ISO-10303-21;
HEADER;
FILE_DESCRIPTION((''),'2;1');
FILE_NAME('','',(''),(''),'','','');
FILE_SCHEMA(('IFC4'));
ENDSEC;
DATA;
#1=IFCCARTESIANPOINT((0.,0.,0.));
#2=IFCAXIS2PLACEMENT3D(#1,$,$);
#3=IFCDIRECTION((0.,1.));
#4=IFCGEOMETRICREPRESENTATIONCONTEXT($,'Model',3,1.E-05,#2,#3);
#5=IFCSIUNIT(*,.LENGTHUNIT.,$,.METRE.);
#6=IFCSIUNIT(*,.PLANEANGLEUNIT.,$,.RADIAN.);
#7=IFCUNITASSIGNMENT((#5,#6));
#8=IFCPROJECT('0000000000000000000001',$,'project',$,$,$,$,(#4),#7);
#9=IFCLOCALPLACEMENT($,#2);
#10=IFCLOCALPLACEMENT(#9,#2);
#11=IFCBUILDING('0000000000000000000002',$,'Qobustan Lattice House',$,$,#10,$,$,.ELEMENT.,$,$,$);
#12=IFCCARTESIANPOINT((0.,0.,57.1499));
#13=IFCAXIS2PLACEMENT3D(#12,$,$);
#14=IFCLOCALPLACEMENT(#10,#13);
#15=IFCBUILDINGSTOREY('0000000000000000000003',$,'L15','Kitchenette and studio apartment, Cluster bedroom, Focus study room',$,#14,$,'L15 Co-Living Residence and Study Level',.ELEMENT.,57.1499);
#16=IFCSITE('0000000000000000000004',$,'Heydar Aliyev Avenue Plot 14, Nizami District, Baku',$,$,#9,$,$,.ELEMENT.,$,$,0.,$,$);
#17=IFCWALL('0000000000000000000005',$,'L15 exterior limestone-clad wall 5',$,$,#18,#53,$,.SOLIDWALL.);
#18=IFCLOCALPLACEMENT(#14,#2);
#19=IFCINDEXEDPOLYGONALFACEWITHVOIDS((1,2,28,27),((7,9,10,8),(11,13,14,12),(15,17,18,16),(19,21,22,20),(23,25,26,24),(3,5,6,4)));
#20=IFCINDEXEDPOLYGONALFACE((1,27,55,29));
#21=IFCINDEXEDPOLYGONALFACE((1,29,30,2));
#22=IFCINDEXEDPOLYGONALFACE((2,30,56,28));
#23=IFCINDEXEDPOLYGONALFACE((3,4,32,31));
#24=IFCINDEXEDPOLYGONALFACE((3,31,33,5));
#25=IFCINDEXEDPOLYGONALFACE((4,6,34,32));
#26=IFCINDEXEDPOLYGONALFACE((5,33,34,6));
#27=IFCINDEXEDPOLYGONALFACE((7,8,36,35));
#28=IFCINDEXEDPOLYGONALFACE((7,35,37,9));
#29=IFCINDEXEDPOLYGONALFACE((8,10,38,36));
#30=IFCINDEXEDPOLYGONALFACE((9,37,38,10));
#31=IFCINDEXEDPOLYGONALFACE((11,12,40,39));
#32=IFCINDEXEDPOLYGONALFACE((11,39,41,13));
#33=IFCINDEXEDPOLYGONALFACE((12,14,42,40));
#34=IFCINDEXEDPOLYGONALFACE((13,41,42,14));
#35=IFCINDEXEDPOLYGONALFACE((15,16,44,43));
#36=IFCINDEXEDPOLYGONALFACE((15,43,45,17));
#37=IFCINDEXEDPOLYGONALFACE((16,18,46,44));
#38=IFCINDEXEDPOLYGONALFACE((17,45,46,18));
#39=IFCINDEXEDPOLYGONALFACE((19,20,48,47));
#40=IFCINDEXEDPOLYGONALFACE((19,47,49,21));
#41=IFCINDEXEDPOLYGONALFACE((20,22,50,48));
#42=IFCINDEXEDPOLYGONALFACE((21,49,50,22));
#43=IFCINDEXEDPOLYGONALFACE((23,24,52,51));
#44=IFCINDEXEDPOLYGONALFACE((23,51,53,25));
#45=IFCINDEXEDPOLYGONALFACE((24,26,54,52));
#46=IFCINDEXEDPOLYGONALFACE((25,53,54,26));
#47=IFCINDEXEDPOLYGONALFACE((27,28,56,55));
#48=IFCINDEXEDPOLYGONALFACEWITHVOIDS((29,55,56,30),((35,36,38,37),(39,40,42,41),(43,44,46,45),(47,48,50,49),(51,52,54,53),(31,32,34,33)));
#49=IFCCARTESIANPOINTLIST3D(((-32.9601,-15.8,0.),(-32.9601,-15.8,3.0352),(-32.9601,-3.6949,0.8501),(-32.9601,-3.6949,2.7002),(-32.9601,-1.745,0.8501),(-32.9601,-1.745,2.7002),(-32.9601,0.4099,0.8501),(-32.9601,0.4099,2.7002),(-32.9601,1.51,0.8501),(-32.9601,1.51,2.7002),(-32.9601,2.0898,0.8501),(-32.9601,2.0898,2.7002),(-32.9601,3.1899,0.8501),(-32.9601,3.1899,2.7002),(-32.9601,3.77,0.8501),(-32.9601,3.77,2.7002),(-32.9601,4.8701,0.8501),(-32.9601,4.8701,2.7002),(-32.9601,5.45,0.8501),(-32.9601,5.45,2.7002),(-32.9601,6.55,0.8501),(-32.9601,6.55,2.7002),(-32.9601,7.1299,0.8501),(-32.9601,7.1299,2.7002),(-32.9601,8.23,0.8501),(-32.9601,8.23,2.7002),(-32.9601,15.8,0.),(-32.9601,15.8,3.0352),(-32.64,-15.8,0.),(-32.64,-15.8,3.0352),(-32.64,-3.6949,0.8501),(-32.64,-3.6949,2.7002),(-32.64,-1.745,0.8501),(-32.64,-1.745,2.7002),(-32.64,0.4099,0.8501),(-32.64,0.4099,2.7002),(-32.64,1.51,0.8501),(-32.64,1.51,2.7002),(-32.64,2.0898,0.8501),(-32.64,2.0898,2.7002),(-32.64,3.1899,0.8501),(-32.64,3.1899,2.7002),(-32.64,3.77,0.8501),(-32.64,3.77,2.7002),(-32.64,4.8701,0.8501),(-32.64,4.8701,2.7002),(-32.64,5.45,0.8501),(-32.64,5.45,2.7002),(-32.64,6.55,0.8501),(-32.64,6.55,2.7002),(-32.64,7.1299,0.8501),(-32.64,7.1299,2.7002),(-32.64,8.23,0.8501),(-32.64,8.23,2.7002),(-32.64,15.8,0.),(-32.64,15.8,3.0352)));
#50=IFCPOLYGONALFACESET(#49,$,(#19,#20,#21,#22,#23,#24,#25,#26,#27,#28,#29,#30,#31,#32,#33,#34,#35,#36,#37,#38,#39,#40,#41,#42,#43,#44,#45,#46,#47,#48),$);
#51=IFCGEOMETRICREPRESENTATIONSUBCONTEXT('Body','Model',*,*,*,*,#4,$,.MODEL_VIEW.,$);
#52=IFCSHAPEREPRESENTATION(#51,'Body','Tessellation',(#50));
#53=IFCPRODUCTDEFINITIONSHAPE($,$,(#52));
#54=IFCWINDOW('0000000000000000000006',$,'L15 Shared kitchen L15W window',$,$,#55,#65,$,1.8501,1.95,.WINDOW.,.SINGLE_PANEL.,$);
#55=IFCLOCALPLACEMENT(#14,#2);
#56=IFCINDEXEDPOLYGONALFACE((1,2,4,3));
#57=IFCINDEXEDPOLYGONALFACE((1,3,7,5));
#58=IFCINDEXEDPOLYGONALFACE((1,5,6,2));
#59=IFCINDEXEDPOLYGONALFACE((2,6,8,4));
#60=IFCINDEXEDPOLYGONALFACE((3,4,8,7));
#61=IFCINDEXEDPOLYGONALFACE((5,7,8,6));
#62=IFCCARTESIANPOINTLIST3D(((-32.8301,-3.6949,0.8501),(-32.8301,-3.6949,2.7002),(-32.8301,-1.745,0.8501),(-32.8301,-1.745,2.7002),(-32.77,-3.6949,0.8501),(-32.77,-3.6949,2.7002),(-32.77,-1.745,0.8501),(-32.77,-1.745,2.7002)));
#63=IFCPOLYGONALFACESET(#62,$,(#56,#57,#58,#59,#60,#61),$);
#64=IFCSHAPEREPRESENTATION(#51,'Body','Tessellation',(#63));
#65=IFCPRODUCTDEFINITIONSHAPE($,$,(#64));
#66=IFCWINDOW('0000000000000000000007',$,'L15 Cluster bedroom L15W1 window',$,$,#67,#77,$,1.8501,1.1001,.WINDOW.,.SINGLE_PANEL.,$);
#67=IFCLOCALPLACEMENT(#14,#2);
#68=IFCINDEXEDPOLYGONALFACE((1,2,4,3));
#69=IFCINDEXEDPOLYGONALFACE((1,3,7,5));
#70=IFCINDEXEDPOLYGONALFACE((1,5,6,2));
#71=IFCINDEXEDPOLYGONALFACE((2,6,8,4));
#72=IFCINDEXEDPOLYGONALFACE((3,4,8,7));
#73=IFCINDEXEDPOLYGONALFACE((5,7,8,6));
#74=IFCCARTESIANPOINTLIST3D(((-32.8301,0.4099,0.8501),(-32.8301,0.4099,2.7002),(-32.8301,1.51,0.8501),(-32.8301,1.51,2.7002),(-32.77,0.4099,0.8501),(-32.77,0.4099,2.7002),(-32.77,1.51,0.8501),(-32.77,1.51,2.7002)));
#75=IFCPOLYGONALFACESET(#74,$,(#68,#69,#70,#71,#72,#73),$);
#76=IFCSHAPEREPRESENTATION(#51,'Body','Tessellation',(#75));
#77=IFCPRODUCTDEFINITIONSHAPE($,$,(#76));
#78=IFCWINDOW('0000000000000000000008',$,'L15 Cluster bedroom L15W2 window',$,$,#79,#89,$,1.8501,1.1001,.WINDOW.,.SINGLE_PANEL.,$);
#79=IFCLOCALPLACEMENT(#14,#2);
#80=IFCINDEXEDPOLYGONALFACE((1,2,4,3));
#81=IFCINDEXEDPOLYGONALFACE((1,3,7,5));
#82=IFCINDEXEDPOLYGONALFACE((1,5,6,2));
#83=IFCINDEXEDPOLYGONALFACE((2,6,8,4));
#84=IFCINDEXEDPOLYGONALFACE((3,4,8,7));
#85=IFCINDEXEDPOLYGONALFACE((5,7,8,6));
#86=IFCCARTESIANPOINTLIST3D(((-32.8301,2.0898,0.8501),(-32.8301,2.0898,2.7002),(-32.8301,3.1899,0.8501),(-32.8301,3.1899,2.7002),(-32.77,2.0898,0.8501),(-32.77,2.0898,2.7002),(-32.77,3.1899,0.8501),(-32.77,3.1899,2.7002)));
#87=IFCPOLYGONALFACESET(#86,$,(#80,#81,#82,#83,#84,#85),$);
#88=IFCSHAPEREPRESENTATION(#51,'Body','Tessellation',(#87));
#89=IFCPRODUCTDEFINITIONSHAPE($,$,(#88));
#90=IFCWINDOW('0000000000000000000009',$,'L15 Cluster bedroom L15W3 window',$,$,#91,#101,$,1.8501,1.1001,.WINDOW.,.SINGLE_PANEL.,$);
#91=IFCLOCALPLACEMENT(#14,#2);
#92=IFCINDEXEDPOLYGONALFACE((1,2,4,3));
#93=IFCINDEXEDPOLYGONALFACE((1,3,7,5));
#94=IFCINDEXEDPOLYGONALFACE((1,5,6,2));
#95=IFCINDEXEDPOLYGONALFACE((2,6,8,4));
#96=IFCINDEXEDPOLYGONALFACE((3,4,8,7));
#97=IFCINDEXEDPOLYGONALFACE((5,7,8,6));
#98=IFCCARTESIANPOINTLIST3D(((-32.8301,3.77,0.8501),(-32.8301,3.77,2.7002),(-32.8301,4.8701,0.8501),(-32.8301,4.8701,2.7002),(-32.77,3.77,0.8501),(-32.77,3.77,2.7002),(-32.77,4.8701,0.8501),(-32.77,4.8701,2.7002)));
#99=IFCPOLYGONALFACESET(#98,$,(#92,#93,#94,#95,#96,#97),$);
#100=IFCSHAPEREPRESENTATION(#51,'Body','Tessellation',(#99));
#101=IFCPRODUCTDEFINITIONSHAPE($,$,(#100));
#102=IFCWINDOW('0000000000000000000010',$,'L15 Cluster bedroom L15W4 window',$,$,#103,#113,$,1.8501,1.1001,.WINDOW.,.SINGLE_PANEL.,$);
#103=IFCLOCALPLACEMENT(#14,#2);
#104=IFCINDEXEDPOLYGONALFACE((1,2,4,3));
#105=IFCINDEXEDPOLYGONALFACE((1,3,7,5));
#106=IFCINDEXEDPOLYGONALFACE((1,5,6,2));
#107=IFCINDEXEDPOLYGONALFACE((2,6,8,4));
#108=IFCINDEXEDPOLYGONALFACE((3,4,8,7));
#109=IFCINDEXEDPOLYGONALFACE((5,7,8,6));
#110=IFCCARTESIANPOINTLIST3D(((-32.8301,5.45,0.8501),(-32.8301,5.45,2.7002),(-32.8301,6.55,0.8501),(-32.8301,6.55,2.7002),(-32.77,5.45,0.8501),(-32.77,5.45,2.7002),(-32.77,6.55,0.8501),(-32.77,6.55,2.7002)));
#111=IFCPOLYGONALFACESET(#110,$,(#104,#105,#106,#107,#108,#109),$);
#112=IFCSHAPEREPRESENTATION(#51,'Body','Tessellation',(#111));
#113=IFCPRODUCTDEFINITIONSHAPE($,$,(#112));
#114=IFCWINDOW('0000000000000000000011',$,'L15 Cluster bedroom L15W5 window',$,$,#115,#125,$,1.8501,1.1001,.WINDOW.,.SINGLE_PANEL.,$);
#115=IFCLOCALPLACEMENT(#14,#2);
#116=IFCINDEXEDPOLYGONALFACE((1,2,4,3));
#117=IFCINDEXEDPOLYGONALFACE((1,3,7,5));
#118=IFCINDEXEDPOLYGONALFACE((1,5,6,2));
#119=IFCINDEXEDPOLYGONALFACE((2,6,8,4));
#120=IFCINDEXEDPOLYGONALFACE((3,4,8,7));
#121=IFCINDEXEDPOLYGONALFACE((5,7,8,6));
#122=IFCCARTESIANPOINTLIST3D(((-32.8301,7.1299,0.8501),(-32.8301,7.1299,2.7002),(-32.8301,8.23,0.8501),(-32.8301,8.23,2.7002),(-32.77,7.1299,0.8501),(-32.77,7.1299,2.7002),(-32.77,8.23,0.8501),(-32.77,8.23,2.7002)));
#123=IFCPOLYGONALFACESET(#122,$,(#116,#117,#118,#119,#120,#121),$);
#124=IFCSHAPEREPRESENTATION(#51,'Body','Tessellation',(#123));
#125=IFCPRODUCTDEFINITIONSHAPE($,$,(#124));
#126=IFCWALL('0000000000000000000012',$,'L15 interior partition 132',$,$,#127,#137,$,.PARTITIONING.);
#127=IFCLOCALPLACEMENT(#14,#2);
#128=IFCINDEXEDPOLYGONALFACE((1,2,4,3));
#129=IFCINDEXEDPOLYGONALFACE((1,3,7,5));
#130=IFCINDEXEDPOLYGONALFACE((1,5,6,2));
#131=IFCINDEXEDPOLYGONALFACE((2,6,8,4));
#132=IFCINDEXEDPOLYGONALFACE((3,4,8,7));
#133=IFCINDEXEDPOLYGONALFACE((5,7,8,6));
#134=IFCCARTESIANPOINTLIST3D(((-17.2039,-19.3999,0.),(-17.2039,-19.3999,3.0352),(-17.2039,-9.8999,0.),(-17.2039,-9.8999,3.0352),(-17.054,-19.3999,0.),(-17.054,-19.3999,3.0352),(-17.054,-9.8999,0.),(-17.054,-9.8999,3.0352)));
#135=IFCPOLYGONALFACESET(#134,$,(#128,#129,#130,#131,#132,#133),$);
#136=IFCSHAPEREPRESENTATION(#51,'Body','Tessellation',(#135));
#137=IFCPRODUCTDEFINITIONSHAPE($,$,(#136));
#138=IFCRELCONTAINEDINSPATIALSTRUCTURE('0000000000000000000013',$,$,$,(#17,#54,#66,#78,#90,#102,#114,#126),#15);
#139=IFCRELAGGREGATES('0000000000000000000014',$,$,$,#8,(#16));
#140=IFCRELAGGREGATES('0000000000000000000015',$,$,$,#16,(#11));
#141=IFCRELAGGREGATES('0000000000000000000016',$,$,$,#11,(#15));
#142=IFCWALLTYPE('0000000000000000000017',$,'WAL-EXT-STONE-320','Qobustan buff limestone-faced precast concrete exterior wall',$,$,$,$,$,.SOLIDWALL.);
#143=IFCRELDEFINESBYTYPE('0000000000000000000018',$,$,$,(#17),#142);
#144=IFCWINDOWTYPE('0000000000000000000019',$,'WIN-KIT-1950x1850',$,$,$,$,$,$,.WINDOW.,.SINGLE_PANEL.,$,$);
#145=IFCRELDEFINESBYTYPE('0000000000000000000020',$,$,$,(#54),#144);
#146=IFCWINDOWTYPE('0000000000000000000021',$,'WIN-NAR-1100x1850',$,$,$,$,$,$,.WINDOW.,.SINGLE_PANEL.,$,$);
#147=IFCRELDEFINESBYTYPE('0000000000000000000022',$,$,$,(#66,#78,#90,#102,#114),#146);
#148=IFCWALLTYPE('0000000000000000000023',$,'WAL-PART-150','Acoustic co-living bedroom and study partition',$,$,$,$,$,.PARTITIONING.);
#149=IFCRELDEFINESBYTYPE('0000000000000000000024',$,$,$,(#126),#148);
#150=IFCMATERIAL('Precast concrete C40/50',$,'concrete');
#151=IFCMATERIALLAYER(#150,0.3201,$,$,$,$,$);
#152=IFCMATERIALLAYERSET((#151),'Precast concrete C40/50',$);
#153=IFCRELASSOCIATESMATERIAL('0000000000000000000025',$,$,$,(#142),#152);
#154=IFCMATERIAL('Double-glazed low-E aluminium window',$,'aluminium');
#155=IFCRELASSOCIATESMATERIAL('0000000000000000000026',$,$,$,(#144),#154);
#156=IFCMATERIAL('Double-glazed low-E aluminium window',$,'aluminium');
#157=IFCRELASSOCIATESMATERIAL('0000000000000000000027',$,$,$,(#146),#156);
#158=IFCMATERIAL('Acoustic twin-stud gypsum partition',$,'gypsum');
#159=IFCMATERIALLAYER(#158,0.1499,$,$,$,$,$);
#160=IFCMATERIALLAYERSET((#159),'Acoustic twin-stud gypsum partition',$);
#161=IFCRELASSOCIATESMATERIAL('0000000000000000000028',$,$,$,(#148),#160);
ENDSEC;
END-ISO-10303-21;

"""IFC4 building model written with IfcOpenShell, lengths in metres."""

from ifc_helpers import new_model, si_unit, direction, frame, frame_2d, origin, place, context, subcontext, project, spatial, rectangle, extrude, material, layer, layer_set, type_object, element, fill, save


model = new_model("IFC4")

# Units and contexts
model_context = context("Model", 3, precision=1e-05, world=origin(), true_north=direction((0.0, 1.0)))
body_context = subcontext(model_context, "Body", "Model", "MODEL_VIEW")
ifc_project = project(units=[si_unit("LENGTHUNIT", "METRE"), si_unit("PLANEANGLEUNIT", "RADIAN")], contexts=[model_context])

# Site, building, storey
site_placement = place(None, origin())
site = spatial("IfcSite", under=ifc_project, at=site_placement, Name="Heydar Aliyev Avenue Plot 14, Nizami District, Baku", CompositionType="ELEMENT", RefElevation=0.0)
building_placement = place(site_placement, origin())
building = spatial("IfcBuilding", under=site, at=building_placement, Name="Qobustan Lattice House", CompositionType="ELEMENT")
storey_placement = place(building_placement, frame((0.0, 0.0, 57.1499)))
storey = spatial("IfcBuildingStorey", under=building, at=storey_placement, Name="L15", Description="Kitchenette and studio apartment, Cluster bedroom, Focus study room", LongName="L15 Co-Living Residence and Study Level", CompositionType="ELEMENT", Elevation=57.1499)

# Shared definitions
ifc_material_1 = material(Name="Precast concrete C40/50", Category="concrete")
ifc_layer_1 = layer(ifc_material_1, 0.3201)
ifc_layer_set_1 = layer_set([ifc_layer_1], Name="Precast concrete C40/50")
wall_type_1 = type_object("IfcWallType", Name="WAL-EXT-STONE-320", Description="Qobustan buff limestone-faced precast concrete exterior wall", PredefinedType="SOLIDWALL", material=ifc_layer_set_1)

# Wall, openings, windows
wall_1_placement = place(storey_placement, frame((-32.8, -15.8, 0.0), z_axis=(0.0, 0.0, 1.0), x_axis=(0.0, 1.0, 0.0)))
wall_1 = element("IfcWall", 1, at=wall_1_placement, inside=storey, type_object=wall_type_1, Name="L15 exterior limestone-clad wall 5", PredefinedType="SOLIDWALL", context=body_context, shape_type="SweptSolid", body=[
    extrude(rectangle(XDim=31.6001, YDim=0.3201, at=frame_2d((15.8, 0.0))), origin(), (0.0, 0.0, 1.0), 3.0352),
])
opening_1_placement = place(wall_1_placement, frame((12.105, 0.0, 0.8501)))
opening_1 = element("IfcOpeningElement", 2, at=opening_1_placement, cuts=wall_1, PredefinedType="OPENING", context=body_context, shape_type="SweptSolid", body=[
    extrude(rectangle(XDim=1.95, YDim=1.8501, at=frame_2d((0.9751, 0.925))), frame((0.0, 0.1699, 0.0), z_axis=(0.0, -1.0, 0.0), x_axis=(1.0, 0.0, 0.0)), (0.0, 0.0, 1.0), 0.3401),
])
opening_2_placement = place(wall_1_placement, frame((16.21, 0.0, 0.8501)))
opening_2 = element("IfcOpeningElement", 3, at=opening_2_placement, cuts=wall_1, PredefinedType="OPENING", context=body_context, shape_type="SweptSolid", body=[
    extrude(rectangle(XDim=1.1001, YDim=1.8501, at=frame_2d((0.55, 0.925))), frame((0.0, 0.1699, 0.0), z_axis=(0.0, -1.0, 0.0), x_axis=(1.0, 0.0, 0.0)), (0.0, 0.0, 1.0), 0.3401),
])
opening_3_placement = place(wall_1_placement, frame((17.8899, 0.0, 0.8501)))
opening_3 = element("IfcOpeningElement", 4, at=opening_3_placement, cuts=wall_1, PredefinedType="OPENING", context=body_context, shape_type="SweptSolid", body=[
    extrude(rectangle(XDim=1.1001, YDim=1.8501, at=frame_2d((0.55, 0.925))), frame((0.0, 0.1699, 0.0), z_axis=(0.0, -1.0, 0.0), x_axis=(1.0, 0.0, 0.0)), (0.0, 0.0, 1.0), 0.3401),
])
opening_4_placement = place(wall_1_placement, frame((19.5701, 0.0, 0.8501)))
opening_4 = element("IfcOpeningElement", 5, at=opening_4_placement, cuts=wall_1, PredefinedType="OPENING", context=body_context, shape_type="SweptSolid", body=[
    extrude(rectangle(XDim=1.1001, YDim=1.8501, at=frame_2d((0.55, 0.925))), frame((0.0, 0.1699, 0.0), z_axis=(0.0, -1.0, 0.0), x_axis=(1.0, 0.0, 0.0)), (0.0, 0.0, 1.0), 0.3401),
])
opening_5_placement = place(wall_1_placement, frame((21.25, 0.0, 0.8501)))
opening_5 = element("IfcOpeningElement", 6, at=opening_5_placement, cuts=wall_1, PredefinedType="OPENING", context=body_context, shape_type="SweptSolid", body=[
    extrude(rectangle(XDim=1.1001, YDim=1.8501, at=frame_2d((0.55, 0.925))), frame((0.0, 0.1699, 0.0), z_axis=(0.0, -1.0, 0.0), x_axis=(1.0, 0.0, 0.0)), (0.0, 0.0, 1.0), 0.3401),
])
opening_6_placement = place(wall_1_placement, frame((22.9299, 0.0, 0.8501)))
opening_6 = element("IfcOpeningElement", 7, at=opening_6_placement, cuts=wall_1, PredefinedType="OPENING", context=body_context, shape_type="SweptSolid", body=[
    extrude(rectangle(XDim=1.1001, YDim=1.8501, at=frame_2d((0.55, 0.925))), frame((0.0, 0.1699, 0.0), z_axis=(0.0, -1.0, 0.0), x_axis=(1.0, 0.0, 0.0)), (0.0, 0.0, 1.0), 0.3401),
])
ifc_material_2 = material(Name="Double-glazed low-E aluminium window", Category="aluminium")
window_type_1 = type_object("IfcWindowType", Name="WIN-KIT-1950x1850", PartitioningType="SINGLE_PANEL", PredefinedType="WINDOW", material=ifc_material_2)
window_1_placement = place(opening_1_placement, origin())
window_1 = element("IfcWindow", 8, at=window_1_placement, inside=storey, type_object=window_type_1, Name="L15 Shared kitchen L15W window", OverallHeight=1.8501, OverallWidth=1.95, PartitioningType="SINGLE_PANEL", PredefinedType="WINDOW", context=body_context, shape_type="SweptSolid", body=[
    extrude(rectangle(XDim=1.95, YDim=1.8501, at=frame_2d((0.9751, 0.925))), frame((0.0, 0.03, 0.0), z_axis=(0.0, -1.0, 0.0), x_axis=(1.0, 0.0, 0.0)), (0.0, 0.0, 1.0), 0.0601),
])
fill(opening_1, window_1)
ifc_material_3 = material(Name="Double-glazed low-E aluminium window", Category="aluminium")
window_type_2 = type_object("IfcWindowType", Name="WIN-NAR-1100x1850", PartitioningType="SINGLE_PANEL", PredefinedType="WINDOW", material=ifc_material_3)
window_2_placement = place(opening_2_placement, origin())
window_2 = element("IfcWindow", 9, at=window_2_placement, inside=storey, type_object=window_type_2, Name="L15 Cluster bedroom L15W1 window", OverallHeight=1.8501, OverallWidth=1.1001, PartitioningType="SINGLE_PANEL", PredefinedType="WINDOW", context=body_context, shape_type="SweptSolid", body=[
    extrude(rectangle(XDim=1.1001, YDim=1.8501, at=frame_2d((0.55, 0.925))), frame((0.0, 0.03, 0.0), z_axis=(0.0, -1.0, 0.0), x_axis=(1.0, 0.0, 0.0)), (0.0, 0.0, 1.0), 0.0601),
])
fill(opening_2, window_2)
window_3_placement = place(opening_3_placement, origin())
window_3 = element("IfcWindow", 10, at=window_3_placement, inside=storey, type_object=window_type_2, Name="L15 Cluster bedroom L15W2 window", OverallHeight=1.8501, OverallWidth=1.1001, PartitioningType="SINGLE_PANEL", PredefinedType="WINDOW", context=body_context, shape_type="SweptSolid", body=[
    extrude(rectangle(XDim=1.1001, YDim=1.8501, at=frame_2d((0.55, 0.925))), frame((0.0, 0.03, 0.0), z_axis=(0.0, -1.0, 0.0), x_axis=(1.0, 0.0, 0.0)), (0.0, 0.0, 1.0), 0.0601),
])
fill(opening_3, window_3)
window_4_placement = place(opening_4_placement, origin())
window_4 = element("IfcWindow", 11, at=window_4_placement, inside=storey, type_object=window_type_2, Name="L15 Cluster bedroom L15W3 window", OverallHeight=1.8501, OverallWidth=1.1001, PartitioningType="SINGLE_PANEL", PredefinedType="WINDOW", context=body_context, shape_type="SweptSolid", body=[
    extrude(rectangle(XDim=1.1001, YDim=1.8501, at=frame_2d((0.55, 0.925))), frame((0.0, 0.03, 0.0), z_axis=(0.0, -1.0, 0.0), x_axis=(1.0, 0.0, 0.0)), (0.0, 0.0, 1.0), 0.0601),
])
fill(opening_4, window_4)
window_5_placement = place(opening_5_placement, origin())
window_5 = element("IfcWindow", 12, at=window_5_placement, inside=storey, type_object=window_type_2, Name="L15 Cluster bedroom L15W4 window", OverallHeight=1.8501, OverallWidth=1.1001, PartitioningType="SINGLE_PANEL", PredefinedType="WINDOW", context=body_context, shape_type="SweptSolid", body=[
    extrude(rectangle(XDim=1.1001, YDim=1.8501, at=frame_2d((0.55, 0.925))), frame((0.0, 0.03, 0.0), z_axis=(0.0, -1.0, 0.0), x_axis=(1.0, 0.0, 0.0)), (0.0, 0.0, 1.0), 0.0601),
])
fill(opening_5, window_5)
window_6_placement = place(opening_6_placement, origin())
window_6 = element("IfcWindow", 13, at=window_6_placement, inside=storey, type_object=window_type_2, Name="L15 Cluster bedroom L15W5 window", OverallHeight=1.8501, OverallWidth=1.1001, PartitioningType="SINGLE_PANEL", PredefinedType="WINDOW", context=body_context, shape_type="SweptSolid", body=[
    extrude(rectangle(XDim=1.1001, YDim=1.8501, at=frame_2d((0.55, 0.925))), frame((0.0, 0.03, 0.0), z_axis=(0.0, -1.0, 0.0), x_axis=(1.0, 0.0, 0.0)), (0.0, 0.0, 1.0), 0.0601),
])
fill(opening_6, window_6)

# Wall
ifc_material_4 = material(Name="Acoustic twin-stud gypsum partition", Category="gypsum")
ifc_layer_2 = layer(ifc_material_4, 0.1499)
ifc_layer_set_2 = layer_set([ifc_layer_2], Name="Acoustic twin-stud gypsum partition")
wall_type_2 = type_object("IfcWallType", Name="WAL-PART-150", Description="Acoustic co-living bedroom and study partition", PredefinedType="PARTITIONING", material=ifc_layer_set_2)
wall_2_placement = place(storey_placement, frame((-17.1289, -9.8999, 0.0), z_axis=(0.0, 0.0, 1.0), x_axis=(0.0, -1.0, 0.0)))
element("IfcWall", 14, at=wall_2_placement, inside=storey, type_object=wall_type_2, Name="L15 interior partition 132", PredefinedType="PARTITIONING", context=body_context, shape_type="SweptSolid", body=[
    extrude(rectangle(XDim=9.5, YDim=0.1499, at=frame_2d((4.75, 0.0))), origin(), (0.0, 0.0, 1.0), 3.0352),
])

save(model, "model.ifc")
